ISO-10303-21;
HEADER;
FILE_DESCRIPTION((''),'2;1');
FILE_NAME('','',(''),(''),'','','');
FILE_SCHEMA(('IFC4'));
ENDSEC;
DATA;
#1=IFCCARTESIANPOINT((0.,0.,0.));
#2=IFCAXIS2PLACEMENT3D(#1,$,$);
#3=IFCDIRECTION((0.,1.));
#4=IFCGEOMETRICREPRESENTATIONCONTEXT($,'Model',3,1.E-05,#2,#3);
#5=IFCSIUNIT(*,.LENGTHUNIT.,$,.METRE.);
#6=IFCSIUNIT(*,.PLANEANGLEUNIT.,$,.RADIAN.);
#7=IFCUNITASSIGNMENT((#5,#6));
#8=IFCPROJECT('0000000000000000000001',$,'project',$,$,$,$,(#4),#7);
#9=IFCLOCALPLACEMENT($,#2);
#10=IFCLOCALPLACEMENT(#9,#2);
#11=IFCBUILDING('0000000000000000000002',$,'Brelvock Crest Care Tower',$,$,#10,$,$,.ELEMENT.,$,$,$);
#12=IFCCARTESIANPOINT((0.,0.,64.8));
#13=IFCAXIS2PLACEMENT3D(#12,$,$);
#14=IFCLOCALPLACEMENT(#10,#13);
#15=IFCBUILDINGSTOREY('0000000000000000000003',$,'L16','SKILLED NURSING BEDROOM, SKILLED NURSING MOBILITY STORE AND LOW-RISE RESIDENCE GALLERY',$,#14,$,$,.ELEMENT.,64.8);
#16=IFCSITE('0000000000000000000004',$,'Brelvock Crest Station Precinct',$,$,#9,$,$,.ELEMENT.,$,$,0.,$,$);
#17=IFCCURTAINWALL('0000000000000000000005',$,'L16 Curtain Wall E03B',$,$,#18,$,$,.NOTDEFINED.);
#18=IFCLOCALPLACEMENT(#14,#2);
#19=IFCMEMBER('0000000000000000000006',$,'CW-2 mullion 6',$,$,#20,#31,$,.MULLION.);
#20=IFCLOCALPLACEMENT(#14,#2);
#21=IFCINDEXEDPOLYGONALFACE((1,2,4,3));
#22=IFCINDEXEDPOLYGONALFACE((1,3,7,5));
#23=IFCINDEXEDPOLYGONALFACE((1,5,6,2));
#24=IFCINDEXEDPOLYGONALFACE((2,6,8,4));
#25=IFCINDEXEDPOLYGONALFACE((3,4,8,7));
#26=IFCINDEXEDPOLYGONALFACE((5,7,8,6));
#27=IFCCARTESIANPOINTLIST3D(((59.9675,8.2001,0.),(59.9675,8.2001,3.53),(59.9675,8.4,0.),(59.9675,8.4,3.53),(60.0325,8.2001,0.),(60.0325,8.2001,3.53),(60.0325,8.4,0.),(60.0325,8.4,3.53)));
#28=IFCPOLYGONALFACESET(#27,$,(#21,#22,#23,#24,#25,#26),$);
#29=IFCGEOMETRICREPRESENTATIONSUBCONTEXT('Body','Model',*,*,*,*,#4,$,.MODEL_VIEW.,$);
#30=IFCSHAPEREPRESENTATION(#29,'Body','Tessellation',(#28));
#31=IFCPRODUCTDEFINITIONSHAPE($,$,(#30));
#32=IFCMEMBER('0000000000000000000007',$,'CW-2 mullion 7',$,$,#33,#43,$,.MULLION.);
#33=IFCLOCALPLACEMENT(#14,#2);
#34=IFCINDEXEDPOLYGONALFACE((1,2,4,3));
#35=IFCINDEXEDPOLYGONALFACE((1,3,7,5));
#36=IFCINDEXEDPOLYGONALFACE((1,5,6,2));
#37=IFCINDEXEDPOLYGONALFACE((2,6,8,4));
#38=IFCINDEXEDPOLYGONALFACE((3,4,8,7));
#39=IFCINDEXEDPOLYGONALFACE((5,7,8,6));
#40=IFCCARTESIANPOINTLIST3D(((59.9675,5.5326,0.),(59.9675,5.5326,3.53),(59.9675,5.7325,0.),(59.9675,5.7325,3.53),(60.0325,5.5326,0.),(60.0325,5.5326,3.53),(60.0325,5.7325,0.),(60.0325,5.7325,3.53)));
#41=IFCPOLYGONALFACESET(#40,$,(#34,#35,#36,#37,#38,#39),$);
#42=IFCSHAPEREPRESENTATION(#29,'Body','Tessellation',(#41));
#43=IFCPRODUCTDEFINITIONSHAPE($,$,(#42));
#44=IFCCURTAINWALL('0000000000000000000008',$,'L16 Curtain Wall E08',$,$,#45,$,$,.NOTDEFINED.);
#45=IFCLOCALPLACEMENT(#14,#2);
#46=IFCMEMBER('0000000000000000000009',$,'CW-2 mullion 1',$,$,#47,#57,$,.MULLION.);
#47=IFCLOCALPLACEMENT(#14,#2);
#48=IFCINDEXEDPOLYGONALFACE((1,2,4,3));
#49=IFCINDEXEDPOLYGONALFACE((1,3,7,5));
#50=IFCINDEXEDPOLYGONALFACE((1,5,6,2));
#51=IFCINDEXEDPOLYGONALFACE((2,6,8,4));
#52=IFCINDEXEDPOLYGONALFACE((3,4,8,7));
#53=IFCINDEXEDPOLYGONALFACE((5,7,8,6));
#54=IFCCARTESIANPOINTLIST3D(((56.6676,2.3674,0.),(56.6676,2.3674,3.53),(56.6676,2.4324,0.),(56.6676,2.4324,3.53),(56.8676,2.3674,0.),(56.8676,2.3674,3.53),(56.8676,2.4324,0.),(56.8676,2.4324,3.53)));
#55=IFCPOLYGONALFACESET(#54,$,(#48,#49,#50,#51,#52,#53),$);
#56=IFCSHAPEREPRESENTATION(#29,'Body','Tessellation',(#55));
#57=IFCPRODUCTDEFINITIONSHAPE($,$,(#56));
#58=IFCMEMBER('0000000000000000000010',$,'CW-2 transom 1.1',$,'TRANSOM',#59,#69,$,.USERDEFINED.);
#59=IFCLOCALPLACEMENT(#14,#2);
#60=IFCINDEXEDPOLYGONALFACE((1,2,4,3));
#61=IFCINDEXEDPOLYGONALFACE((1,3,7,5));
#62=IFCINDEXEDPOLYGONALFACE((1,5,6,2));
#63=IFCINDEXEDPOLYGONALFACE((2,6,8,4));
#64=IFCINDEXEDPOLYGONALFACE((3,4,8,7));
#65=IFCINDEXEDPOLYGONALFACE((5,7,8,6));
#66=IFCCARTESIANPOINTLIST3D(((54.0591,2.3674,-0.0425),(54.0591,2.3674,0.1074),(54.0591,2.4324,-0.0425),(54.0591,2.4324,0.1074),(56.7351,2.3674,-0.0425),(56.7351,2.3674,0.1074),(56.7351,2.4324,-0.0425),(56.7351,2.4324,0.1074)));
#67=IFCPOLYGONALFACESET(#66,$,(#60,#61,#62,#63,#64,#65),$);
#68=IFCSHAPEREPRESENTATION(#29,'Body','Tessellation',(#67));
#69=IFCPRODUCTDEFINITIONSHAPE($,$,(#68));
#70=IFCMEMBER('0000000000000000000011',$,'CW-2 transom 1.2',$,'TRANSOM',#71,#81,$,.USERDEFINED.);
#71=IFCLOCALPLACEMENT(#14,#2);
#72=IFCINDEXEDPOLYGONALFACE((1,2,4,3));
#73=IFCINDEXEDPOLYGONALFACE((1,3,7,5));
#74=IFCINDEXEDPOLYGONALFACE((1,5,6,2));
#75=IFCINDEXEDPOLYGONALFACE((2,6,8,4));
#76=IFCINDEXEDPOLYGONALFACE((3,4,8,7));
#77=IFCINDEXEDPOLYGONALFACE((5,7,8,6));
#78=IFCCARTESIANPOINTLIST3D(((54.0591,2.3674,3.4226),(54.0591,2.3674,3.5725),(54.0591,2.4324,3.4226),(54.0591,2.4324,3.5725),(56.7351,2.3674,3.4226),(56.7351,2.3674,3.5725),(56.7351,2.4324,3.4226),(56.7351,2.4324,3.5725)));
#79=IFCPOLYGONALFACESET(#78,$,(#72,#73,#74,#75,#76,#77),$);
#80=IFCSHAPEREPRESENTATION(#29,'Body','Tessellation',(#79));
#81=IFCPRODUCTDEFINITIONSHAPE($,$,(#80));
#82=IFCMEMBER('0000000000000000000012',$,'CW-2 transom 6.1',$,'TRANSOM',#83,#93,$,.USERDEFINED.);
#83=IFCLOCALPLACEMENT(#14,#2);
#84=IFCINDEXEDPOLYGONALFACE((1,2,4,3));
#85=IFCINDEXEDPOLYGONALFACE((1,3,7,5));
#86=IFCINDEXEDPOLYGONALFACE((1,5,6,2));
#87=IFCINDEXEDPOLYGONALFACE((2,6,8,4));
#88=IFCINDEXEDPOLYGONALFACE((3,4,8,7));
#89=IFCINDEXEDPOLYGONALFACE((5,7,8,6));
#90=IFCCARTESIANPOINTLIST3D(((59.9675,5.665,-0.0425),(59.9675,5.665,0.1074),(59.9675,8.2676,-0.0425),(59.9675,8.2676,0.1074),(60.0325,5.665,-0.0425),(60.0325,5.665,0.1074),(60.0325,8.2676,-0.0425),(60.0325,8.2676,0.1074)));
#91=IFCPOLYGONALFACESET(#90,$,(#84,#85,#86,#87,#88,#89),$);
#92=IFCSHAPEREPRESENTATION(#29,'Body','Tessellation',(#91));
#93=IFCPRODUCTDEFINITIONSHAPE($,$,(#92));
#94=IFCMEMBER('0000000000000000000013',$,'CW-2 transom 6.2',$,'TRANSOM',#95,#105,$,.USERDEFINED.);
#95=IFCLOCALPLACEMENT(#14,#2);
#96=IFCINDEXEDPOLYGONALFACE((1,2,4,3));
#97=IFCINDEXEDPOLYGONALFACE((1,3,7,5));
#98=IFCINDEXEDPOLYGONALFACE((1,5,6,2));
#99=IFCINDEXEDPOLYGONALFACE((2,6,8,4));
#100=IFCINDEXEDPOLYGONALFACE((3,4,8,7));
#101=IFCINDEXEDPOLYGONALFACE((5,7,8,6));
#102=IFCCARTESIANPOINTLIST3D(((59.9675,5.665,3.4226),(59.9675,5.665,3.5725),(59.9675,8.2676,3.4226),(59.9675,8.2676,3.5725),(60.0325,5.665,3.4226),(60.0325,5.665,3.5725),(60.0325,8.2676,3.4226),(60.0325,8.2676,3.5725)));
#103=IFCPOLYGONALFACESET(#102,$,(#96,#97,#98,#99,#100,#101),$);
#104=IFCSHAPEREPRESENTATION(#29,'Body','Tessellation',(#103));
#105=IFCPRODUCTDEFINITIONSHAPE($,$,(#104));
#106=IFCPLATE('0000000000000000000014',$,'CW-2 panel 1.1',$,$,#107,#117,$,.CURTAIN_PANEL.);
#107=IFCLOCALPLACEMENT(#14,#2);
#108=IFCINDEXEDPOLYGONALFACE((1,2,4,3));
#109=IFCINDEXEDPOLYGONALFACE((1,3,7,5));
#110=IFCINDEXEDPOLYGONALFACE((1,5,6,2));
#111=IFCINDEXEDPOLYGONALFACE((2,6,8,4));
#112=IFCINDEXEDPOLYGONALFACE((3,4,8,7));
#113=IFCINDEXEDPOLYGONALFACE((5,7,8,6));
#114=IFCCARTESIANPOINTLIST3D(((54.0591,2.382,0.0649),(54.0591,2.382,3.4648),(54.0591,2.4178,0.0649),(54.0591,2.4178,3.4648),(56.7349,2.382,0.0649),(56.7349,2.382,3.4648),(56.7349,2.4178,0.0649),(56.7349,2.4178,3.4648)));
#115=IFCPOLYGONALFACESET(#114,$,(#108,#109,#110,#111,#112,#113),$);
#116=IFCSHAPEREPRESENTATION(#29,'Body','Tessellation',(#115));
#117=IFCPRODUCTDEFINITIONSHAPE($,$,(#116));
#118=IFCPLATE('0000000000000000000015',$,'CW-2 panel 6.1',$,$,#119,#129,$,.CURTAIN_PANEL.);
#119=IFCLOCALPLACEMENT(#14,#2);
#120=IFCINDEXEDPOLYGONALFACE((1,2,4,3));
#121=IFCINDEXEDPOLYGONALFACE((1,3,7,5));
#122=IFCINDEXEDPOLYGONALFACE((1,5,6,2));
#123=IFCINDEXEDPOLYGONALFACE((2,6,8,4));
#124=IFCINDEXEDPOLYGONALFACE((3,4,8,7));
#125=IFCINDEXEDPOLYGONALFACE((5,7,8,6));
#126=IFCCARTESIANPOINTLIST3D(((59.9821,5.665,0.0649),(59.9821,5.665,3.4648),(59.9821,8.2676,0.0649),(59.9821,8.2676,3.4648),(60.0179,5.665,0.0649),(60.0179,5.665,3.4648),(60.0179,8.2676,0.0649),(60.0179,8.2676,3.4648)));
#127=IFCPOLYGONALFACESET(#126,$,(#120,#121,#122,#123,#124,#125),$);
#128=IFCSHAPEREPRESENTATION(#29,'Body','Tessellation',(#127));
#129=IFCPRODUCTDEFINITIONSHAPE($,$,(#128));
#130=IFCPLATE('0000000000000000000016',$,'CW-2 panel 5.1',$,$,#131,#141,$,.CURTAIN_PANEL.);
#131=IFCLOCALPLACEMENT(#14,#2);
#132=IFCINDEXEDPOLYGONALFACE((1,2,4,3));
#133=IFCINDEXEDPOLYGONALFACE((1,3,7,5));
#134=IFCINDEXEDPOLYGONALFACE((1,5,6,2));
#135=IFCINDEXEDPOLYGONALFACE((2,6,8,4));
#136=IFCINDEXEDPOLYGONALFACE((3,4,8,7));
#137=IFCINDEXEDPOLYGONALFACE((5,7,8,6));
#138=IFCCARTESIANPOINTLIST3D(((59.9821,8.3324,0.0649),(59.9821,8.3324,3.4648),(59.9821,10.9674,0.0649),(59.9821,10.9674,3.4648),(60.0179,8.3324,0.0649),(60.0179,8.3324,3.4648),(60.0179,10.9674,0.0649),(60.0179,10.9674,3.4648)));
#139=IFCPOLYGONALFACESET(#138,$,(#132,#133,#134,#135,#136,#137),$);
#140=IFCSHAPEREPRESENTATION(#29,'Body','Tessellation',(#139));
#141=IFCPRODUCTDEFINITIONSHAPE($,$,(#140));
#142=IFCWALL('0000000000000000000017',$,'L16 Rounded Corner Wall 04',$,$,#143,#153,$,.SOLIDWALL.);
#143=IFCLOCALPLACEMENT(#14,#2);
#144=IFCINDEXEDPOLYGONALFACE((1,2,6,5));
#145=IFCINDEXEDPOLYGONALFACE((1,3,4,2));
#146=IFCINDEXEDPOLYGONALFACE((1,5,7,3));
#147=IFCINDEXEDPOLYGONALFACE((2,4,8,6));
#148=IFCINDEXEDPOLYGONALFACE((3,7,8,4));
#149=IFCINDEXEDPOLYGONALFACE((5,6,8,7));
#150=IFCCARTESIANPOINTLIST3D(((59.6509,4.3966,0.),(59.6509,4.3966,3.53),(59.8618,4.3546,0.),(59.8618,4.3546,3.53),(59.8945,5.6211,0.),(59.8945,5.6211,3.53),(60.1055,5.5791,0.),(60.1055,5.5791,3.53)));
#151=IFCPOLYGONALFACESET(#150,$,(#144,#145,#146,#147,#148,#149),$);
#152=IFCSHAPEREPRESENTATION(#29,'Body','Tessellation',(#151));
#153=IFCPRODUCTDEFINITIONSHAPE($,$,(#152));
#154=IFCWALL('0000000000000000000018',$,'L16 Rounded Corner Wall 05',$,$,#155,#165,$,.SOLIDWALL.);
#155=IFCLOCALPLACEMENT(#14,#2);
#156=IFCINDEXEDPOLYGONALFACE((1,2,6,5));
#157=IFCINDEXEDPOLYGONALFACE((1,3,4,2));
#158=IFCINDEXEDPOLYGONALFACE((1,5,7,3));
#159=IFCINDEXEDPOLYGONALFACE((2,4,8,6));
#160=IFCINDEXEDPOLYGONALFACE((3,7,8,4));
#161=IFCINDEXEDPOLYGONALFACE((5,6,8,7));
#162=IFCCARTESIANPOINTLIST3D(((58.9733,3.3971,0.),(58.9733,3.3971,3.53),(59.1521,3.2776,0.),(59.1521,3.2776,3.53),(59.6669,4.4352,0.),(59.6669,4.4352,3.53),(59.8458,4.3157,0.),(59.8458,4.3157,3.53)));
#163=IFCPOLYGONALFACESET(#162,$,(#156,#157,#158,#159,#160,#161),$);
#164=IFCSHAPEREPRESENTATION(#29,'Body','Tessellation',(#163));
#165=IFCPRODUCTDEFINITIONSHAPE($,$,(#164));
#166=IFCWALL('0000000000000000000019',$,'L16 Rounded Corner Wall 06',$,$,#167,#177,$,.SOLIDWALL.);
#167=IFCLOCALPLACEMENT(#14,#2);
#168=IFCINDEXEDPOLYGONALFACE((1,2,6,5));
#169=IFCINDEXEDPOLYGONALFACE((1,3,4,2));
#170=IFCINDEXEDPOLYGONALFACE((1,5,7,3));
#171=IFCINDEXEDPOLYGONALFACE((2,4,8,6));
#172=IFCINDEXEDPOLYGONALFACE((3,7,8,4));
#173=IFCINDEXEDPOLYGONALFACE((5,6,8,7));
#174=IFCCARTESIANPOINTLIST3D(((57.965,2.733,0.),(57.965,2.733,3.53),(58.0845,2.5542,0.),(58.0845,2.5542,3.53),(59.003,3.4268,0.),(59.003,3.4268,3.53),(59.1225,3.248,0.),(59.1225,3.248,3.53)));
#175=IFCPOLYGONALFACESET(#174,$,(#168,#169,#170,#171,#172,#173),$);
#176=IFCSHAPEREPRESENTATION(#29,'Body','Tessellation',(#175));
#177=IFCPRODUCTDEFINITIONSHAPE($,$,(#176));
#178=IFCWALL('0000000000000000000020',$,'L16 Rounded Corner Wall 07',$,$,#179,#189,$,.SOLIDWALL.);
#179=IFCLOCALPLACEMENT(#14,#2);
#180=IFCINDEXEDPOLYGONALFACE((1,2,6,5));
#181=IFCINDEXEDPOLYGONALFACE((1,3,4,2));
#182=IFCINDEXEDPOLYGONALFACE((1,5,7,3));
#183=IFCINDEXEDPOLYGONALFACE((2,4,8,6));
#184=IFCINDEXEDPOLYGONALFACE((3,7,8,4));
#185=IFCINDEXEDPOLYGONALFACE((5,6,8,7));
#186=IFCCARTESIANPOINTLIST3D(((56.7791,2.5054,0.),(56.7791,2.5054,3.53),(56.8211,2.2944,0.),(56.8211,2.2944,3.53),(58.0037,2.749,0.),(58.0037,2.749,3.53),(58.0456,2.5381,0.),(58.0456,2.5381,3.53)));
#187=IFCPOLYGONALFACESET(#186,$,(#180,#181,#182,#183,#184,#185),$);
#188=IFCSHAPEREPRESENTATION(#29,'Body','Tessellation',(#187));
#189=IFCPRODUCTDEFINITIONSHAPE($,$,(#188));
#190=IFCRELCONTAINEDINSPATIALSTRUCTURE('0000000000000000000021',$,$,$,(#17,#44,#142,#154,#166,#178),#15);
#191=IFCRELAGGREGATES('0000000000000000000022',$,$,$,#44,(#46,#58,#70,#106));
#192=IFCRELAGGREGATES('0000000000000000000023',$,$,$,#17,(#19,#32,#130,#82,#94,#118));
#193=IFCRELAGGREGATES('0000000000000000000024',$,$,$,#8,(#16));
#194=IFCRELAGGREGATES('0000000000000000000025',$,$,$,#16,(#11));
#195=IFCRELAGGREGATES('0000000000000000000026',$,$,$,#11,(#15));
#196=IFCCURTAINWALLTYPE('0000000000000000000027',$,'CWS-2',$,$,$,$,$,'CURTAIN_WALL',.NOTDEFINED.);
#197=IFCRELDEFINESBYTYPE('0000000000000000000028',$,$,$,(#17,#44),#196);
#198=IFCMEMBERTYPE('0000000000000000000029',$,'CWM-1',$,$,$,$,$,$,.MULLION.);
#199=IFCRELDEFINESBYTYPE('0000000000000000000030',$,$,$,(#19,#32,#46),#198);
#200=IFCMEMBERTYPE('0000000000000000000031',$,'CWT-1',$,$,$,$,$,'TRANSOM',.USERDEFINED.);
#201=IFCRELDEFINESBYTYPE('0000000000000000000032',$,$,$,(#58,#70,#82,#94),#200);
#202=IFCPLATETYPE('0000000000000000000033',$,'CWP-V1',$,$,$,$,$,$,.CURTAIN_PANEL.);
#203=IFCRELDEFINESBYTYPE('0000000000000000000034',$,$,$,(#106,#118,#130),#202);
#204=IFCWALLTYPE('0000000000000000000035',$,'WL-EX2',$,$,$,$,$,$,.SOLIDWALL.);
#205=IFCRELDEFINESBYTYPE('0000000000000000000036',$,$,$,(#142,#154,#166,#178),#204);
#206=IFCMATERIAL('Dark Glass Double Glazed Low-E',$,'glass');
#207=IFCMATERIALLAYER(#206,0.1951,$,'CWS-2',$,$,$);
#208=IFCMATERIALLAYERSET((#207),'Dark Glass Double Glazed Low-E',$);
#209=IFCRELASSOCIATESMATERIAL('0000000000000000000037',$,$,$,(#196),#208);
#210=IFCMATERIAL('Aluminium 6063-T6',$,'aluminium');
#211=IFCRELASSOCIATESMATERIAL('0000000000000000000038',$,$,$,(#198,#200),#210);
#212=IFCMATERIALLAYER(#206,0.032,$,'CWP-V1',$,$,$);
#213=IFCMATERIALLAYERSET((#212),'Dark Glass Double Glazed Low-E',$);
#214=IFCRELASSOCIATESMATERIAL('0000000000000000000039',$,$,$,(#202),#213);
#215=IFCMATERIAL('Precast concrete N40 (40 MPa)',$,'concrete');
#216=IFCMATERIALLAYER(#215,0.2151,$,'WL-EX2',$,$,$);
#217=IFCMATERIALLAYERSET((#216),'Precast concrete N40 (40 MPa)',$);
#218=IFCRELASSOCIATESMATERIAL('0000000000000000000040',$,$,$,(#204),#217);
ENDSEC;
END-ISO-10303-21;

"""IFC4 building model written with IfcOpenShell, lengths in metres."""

from ifc_helpers import new_model, si_unit, direction, frame, frame_2d, origin, origin_2d, place, context, subcontext, project, spatial, rectangle, extrude, source, transform, mapped, material, layer, layer_set, material_profile, profile_set, type_object, element, aggregate, save


model = new_model("IFC4")

# Units and contexts
model_context = context("Model", 3, precision=1e-05, world=origin(), true_north=direction((0.0, 1.0)))
body_context = subcontext(model_context, "Body", "Model", "MODEL_VIEW")
ifc_project = project(units=[si_unit("LENGTHUNIT", "METRE"), si_unit("PLANEANGLEUNIT", "RADIAN")], contexts=[model_context])

# Site, building, storey
site_placement = place(None, origin())
site = spatial("IfcSite", under=ifc_project, at=site_placement, Name="Brelvock Crest Station Precinct", CompositionType="ELEMENT", RefElevation=0.0)
building_placement = place(site_placement, origin())
building = spatial("IfcBuilding", under=site, at=building_placement, Name="Brelvock Crest Care Tower", CompositionType="ELEMENT")
storey_placement = place(building_placement, frame((0.0, 0.0, 64.8)))
storey = spatial("IfcBuildingStorey", under=building, at=storey_placement, Name="L16", Description="SKILLED NURSING BEDROOM, SKILLED NURSING MOBILITY STORE AND LOW-RISE RESIDENCE GALLERY", CompositionType="ELEMENT", Elevation=64.8)

# Curtain walls, members
ifc_material_1 = material(Name="Dark Glass Double Glazed Low-E", Category="glass")
ifc_layer_1 = layer(ifc_material_1, 0.1951, Name="CWS-2")
ifc_layer_set_1 = layer_set([ifc_layer_1], Name="Dark Glass Double Glazed Low-E")
curtain_wall_type = type_object("IfcCurtainWallType", Name="CWS-2", ElementType="CURTAIN_WALL", PredefinedType="NOTDEFINED", material=ifc_layer_set_1)
curtain_wall_1_placement = place(storey_placement, origin())
curtain_wall_1 = element("IfcCurtainWall", 1, at=curtain_wall_1_placement, inside=storey, type_object=curtain_wall_type, Name="L16 Curtain Wall E03B", PredefinedType="NOTDEFINED")
ifc_material_2 = material(Name="Aluminium 6063-T6", Category="aluminium")
ifc_material_profile_1 = material_profile(ifc_material_2, rectangle(XDim=0.0649, YDim=0.2, at=origin_2d()), Name="ALU65x200")
ifc_profile_set_1 = profile_set([ifc_material_profile_1], Name="Aluminium 6063-T6")
member_type_1 = type_object("IfcMemberType", Name="CWM-1", PredefinedType="MULLION", material=ifc_profile_set_1)
shared_shape_1 = source(origin(), body_context, "Body", "SweptSolid", [
    extrude(rectangle(XDim=0.0649, YDim=0.2, at=origin_2d()), origin(), (0.0, 0.0, 1.0), 3.53),
])
member_1_placement = place(storey_placement, frame((60.0, 8.3, 0.0), z_axis=(0.0, 0.0, 1.0), x_axis=(1.0, 0.0, 0.0)))
member_1 = element("IfcMember", 2, at=member_1_placement, type_object=member_type_1, Name="CW-2 mullion 6", PredefinedType="MULLION", context=body_context, shape_type="MappedRepresentation", body=[
    mapped(shared_shape_1, transform((0.0, 0.0, 0.0), x_axis=(1.0, 0.0, 0.0), y_axis=(0.0, 1.0, 0.0), z_axis=(0.0, 0.0, 1.0), scale=1.0)),
])
member_2_placement = place(storey_placement, frame((60.0, 5.6326, 0.0), z_axis=(0.0, 0.0, 1.0), x_axis=(1.0, 0.0, 0.0)))
member_2 = element("IfcMember", 3, at=member_2_placement, type_object=member_type_1, Name="CW-2 mullion 7", PredefinedType="MULLION", context=body_context, shape_type="MappedRepresentation", body=[
    mapped(shared_shape_1, transform((0.0, 0.0, 0.0), x_axis=(1.0, 0.0, 0.0), y_axis=(0.0, 1.0, 0.0), z_axis=(0.0, 0.0, 1.0), scale=1.0)),
])
curtain_wall_2_placement = place(storey_placement, origin())
curtain_wall_2 = element("IfcCurtainWall", 4, at=curtain_wall_2_placement, inside=storey, type_object=curtain_wall_type, Name="L16 Curtain Wall E08", PredefinedType="NOTDEFINED")
member_3_placement = place(storey_placement, frame((56.7676, 2.3999, 0.0), z_axis=(0.0, 0.0, 1.0), x_axis=(0.0, -1.0, 0.0)))
member_3 = element("IfcMember", 5, at=member_3_placement, type_object=member_type_1, Name="CW-2 mullion 1", PredefinedType="MULLION", context=body_context, shape_type="MappedRepresentation", body=[
    mapped(shared_shape_1, transform((0.0, 0.0, 0.0), x_axis=(1.0, 0.0, 0.0), y_axis=(0.0, 1.0, 0.0), z_axis=(0.0, 0.0, 1.0), scale=1.0)),
])
ifc_material_profile_2 = material_profile(ifc_material_2, rectangle(XDim=0.0649, YDim=0.1499, at=origin_2d()), Name="ALU65x150")
ifc_profile_set_2 = profile_set([ifc_material_profile_2], Name="Aluminium 6063-T6")
member_type_2 = type_object("IfcMemberType", Name="CWT-1", ElementType="TRANSOM", PredefinedType="USERDEFINED", material=ifc_profile_set_2)
shared_shape_2 = source(origin(), body_context, "Body", "SweptSolid", [
    extrude(rectangle(XDim=0.0649, YDim=0.1499, at=origin_2d()), origin(), (0.0, 0.0, 1.0), 2.676),
])
member_4_placement = place(storey_placement, frame((56.7351, 2.3999, 0.0325), z_axis=(-1.0, 0.0, 0.0), x_axis=(0.0, -1.0, 0.0)))
member_4 = element("IfcMember", 6, at=member_4_placement, type_object=member_type_2, Name="CW-2 transom 1.1", ObjectType="TRANSOM", PredefinedType="USERDEFINED", context=body_context, shape_type="MappedRepresentation", body=[
    mapped(shared_shape_2, transform((0.0, 0.0, 0.0), x_axis=(1.0, 0.0, 0.0), y_axis=(0.0, 1.0, 0.0), z_axis=(0.0, 0.0, 1.0), scale=1.0)),
])
member_5_placement = place(storey_placement, frame((56.7351, 2.3999, 3.4976), z_axis=(-1.0, 0.0, 0.0), x_axis=(0.0, -1.0, 0.0)))
member_5 = element("IfcMember", 7, at=member_5_placement, type_object=member_type_2, Name="CW-2 transom 1.2", ObjectType="TRANSOM", PredefinedType="USERDEFINED", context=body_context, shape_type="MappedRepresentation", body=[
    mapped(shared_shape_2, transform((0.0, 0.0, 0.0), x_axis=(1.0, 0.0, 0.0), y_axis=(0.0, 1.0, 0.0), z_axis=(0.0, 0.0, 1.0), scale=1.0)),
])

# Members
shared_shape_3 = source(origin(), body_context, "Body", "SweptSolid", [
    extrude(rectangle(XDim=0.0649, YDim=0.1499, at=origin_2d()), origin(), (0.0, 0.0, 1.0), 2.6025),
])
member_6_placement = place(storey_placement, frame((60.0, 8.2676, 0.0325), z_axis=(0.0, -1.0, 0.0), x_axis=(1.0, 0.0, 0.0)))
member_6 = element("IfcMember", 8, at=member_6_placement, type_object=member_type_2, Name="CW-2 transom 6.1", ObjectType="TRANSOM", PredefinedType="USERDEFINED", context=body_context, shape_type="MappedRepresentation", body=[
    mapped(shared_shape_3, transform((0.0, 0.0, 0.0), x_axis=(1.0, 0.0, 0.0), y_axis=(0.0, 1.0, 0.0), z_axis=(0.0, 0.0, 1.0), scale=1.0)),
])
member_7_placement = place(storey_placement, frame((60.0, 8.2676, 3.4976), z_axis=(0.0, -1.0, 0.0), x_axis=(1.0, 0.0, 0.0)))
member_7 = element("IfcMember", 9, at=member_7_placement, type_object=member_type_2, Name="CW-2 transom 6.2", ObjectType="TRANSOM", PredefinedType="USERDEFINED", context=body_context, shape_type="MappedRepresentation", body=[
    mapped(shared_shape_3, transform((0.0, 0.0, 0.0), x_axis=(1.0, 0.0, 0.0), y_axis=(0.0, 1.0, 0.0), z_axis=(0.0, 0.0, 1.0), scale=1.0)),
])

# Plates
ifc_layer_2 = layer(ifc_material_1, 0.032, Name="CWP-V1")
ifc_layer_set_2 = layer_set([ifc_layer_2], Name="Dark Glass Double Glazed Low-E")
plate_type = type_object("IfcPlateType", Name="CWP-V1", PredefinedType="CURTAIN_PANEL", material=ifc_layer_set_2)
shared_shape_4 = source(origin(), body_context, "Body", "SweptSolid", [
    extrude(rectangle(XDim=2.6758, YDim=0.0359, at=origin_2d()), origin(), (0.0, 0.0, 1.0), 3.3999),
])
plate_1_placement = place(storey_placement, frame((55.397, 2.3999, 0.0649), z_axis=(0.0, 0.0, 1.0), x_axis=(-1.0, 0.0, 0.0)))
plate_1 = element("IfcPlate", 10, at=plate_1_placement, type_object=plate_type, Name="CW-2 panel 1.1", PredefinedType="CURTAIN_PANEL", context=body_context, shape_type="MappedRepresentation", body=[
    mapped(shared_shape_4, transform((0.0, 0.0, 0.0), x_axis=(1.0, 0.0, 0.0), y_axis=(0.0, 1.0, 0.0), z_axis=(0.0, 0.0, 1.0), scale=1.0)),
])
aggregate(curtain_wall_2, [member_3, member_4, member_5, plate_1])
shared_shape_5 = source(origin(), body_context, "Body", "SweptSolid", [
    extrude(rectangle(XDim=2.6025, YDim=0.0359, at=origin_2d()), origin(), (0.0, 0.0, 1.0), 3.3999),
])
plate_2_placement = place(storey_placement, frame((60.0, 6.9663, 0.0649), z_axis=(0.0, 0.0, 1.0), x_axis=(0.0, -1.0, 0.0)))
plate_2 = element("IfcPlate", 11, at=plate_2_placement, type_object=plate_type, Name="CW-2 panel 6.1", PredefinedType="CURTAIN_PANEL", context=body_context, shape_type="MappedRepresentation", body=[
    mapped(shared_shape_5, transform((0.0, 0.0, 0.0), x_axis=(1.0, 0.0, 0.0), y_axis=(0.0, 1.0, 0.0), z_axis=(0.0, 0.0, 1.0), scale=1.0)),
])
shared_shape_6 = source(origin(), body_context, "Body", "SweptSolid", [
    extrude(rectangle(XDim=2.635, YDim=0.0359, at=origin_2d()), origin(), (0.0, 0.0, 1.0), 3.3999),
])
plate_3_placement = place(storey_placement, frame((60.0, 9.6499, 0.0649), z_axis=(0.0, 0.0, 1.0), x_axis=(0.0, -1.0, 0.0)))
plate_3 = element("IfcPlate", 12, at=plate_3_placement, type_object=plate_type, Name="CW-2 panel 5.1", PredefinedType="CURTAIN_PANEL", context=body_context, shape_type="MappedRepresentation", body=[
    mapped(shared_shape_6, transform((0.0, 0.0, 0.0), x_axis=(1.0, 0.0, 0.0), y_axis=(0.0, 1.0, 0.0), z_axis=(0.0, 0.0, 1.0), scale=1.0)),
])
aggregate(curtain_wall_1, [member_1, member_2, plate_3, member_6, member_7, plate_2])

# Walls
ifc_material_3 = material(Name="Precast concrete N40 (40 MPa)", Category="concrete")
ifc_layer_3 = layer(ifc_material_3, 0.2151, Name="WL-EX2")
ifc_layer_set_3 = layer_set([ifc_layer_3], Name="Precast concrete N40 (40 MPa)")
wall_type_1 = type_object("IfcWallType", Name="WL-EX2", PredefinedType="SOLIDWALL", material=ifc_layer_set_3)
for number, where, z_axis, x_axis, name in (
    (13, (60.0, 5.6001, 0.0), (0.0, 0.0, 1.0), (-0.195138, -0.980776, 0.0), "L16 Rounded Corner Wall 04"),
    (14, (59.7563, 4.3755, 0.0), (0.0, 0.0, 1.0), (-0.555557, -0.831478, 0.0), "L16 Rounded Corner Wall 05"),
    (15, (59.0627, 3.3374, 0.0), (0.0, 0.0, 1.0), (-0.831388, -0.555692, 0.0), "L16 Rounded Corner Wall 06"),
    (16, (58.0247, 2.6436, 0.0), (0.0, 0.0, 1.0), (-0.980776, -0.195138, 0.0), "L16 Rounded Corner Wall 07"),
):
    element("IfcWall", number, at=place(storey_placement, frame(where, z_axis=z_axis, x_axis=x_axis)), inside=storey, type_object=wall_type_1, Name=name, PredefinedType="SOLIDWALL", context=body_context, shape_type="SweptSolid", body=[
        extrude(rectangle(XDim=1.2485, YDim=0.2151, at=frame_2d((0.6243, 0.0))), origin(), (0.0, 0.0, 1.0), 3.53),
    ])

save(model, "model.ifc")
